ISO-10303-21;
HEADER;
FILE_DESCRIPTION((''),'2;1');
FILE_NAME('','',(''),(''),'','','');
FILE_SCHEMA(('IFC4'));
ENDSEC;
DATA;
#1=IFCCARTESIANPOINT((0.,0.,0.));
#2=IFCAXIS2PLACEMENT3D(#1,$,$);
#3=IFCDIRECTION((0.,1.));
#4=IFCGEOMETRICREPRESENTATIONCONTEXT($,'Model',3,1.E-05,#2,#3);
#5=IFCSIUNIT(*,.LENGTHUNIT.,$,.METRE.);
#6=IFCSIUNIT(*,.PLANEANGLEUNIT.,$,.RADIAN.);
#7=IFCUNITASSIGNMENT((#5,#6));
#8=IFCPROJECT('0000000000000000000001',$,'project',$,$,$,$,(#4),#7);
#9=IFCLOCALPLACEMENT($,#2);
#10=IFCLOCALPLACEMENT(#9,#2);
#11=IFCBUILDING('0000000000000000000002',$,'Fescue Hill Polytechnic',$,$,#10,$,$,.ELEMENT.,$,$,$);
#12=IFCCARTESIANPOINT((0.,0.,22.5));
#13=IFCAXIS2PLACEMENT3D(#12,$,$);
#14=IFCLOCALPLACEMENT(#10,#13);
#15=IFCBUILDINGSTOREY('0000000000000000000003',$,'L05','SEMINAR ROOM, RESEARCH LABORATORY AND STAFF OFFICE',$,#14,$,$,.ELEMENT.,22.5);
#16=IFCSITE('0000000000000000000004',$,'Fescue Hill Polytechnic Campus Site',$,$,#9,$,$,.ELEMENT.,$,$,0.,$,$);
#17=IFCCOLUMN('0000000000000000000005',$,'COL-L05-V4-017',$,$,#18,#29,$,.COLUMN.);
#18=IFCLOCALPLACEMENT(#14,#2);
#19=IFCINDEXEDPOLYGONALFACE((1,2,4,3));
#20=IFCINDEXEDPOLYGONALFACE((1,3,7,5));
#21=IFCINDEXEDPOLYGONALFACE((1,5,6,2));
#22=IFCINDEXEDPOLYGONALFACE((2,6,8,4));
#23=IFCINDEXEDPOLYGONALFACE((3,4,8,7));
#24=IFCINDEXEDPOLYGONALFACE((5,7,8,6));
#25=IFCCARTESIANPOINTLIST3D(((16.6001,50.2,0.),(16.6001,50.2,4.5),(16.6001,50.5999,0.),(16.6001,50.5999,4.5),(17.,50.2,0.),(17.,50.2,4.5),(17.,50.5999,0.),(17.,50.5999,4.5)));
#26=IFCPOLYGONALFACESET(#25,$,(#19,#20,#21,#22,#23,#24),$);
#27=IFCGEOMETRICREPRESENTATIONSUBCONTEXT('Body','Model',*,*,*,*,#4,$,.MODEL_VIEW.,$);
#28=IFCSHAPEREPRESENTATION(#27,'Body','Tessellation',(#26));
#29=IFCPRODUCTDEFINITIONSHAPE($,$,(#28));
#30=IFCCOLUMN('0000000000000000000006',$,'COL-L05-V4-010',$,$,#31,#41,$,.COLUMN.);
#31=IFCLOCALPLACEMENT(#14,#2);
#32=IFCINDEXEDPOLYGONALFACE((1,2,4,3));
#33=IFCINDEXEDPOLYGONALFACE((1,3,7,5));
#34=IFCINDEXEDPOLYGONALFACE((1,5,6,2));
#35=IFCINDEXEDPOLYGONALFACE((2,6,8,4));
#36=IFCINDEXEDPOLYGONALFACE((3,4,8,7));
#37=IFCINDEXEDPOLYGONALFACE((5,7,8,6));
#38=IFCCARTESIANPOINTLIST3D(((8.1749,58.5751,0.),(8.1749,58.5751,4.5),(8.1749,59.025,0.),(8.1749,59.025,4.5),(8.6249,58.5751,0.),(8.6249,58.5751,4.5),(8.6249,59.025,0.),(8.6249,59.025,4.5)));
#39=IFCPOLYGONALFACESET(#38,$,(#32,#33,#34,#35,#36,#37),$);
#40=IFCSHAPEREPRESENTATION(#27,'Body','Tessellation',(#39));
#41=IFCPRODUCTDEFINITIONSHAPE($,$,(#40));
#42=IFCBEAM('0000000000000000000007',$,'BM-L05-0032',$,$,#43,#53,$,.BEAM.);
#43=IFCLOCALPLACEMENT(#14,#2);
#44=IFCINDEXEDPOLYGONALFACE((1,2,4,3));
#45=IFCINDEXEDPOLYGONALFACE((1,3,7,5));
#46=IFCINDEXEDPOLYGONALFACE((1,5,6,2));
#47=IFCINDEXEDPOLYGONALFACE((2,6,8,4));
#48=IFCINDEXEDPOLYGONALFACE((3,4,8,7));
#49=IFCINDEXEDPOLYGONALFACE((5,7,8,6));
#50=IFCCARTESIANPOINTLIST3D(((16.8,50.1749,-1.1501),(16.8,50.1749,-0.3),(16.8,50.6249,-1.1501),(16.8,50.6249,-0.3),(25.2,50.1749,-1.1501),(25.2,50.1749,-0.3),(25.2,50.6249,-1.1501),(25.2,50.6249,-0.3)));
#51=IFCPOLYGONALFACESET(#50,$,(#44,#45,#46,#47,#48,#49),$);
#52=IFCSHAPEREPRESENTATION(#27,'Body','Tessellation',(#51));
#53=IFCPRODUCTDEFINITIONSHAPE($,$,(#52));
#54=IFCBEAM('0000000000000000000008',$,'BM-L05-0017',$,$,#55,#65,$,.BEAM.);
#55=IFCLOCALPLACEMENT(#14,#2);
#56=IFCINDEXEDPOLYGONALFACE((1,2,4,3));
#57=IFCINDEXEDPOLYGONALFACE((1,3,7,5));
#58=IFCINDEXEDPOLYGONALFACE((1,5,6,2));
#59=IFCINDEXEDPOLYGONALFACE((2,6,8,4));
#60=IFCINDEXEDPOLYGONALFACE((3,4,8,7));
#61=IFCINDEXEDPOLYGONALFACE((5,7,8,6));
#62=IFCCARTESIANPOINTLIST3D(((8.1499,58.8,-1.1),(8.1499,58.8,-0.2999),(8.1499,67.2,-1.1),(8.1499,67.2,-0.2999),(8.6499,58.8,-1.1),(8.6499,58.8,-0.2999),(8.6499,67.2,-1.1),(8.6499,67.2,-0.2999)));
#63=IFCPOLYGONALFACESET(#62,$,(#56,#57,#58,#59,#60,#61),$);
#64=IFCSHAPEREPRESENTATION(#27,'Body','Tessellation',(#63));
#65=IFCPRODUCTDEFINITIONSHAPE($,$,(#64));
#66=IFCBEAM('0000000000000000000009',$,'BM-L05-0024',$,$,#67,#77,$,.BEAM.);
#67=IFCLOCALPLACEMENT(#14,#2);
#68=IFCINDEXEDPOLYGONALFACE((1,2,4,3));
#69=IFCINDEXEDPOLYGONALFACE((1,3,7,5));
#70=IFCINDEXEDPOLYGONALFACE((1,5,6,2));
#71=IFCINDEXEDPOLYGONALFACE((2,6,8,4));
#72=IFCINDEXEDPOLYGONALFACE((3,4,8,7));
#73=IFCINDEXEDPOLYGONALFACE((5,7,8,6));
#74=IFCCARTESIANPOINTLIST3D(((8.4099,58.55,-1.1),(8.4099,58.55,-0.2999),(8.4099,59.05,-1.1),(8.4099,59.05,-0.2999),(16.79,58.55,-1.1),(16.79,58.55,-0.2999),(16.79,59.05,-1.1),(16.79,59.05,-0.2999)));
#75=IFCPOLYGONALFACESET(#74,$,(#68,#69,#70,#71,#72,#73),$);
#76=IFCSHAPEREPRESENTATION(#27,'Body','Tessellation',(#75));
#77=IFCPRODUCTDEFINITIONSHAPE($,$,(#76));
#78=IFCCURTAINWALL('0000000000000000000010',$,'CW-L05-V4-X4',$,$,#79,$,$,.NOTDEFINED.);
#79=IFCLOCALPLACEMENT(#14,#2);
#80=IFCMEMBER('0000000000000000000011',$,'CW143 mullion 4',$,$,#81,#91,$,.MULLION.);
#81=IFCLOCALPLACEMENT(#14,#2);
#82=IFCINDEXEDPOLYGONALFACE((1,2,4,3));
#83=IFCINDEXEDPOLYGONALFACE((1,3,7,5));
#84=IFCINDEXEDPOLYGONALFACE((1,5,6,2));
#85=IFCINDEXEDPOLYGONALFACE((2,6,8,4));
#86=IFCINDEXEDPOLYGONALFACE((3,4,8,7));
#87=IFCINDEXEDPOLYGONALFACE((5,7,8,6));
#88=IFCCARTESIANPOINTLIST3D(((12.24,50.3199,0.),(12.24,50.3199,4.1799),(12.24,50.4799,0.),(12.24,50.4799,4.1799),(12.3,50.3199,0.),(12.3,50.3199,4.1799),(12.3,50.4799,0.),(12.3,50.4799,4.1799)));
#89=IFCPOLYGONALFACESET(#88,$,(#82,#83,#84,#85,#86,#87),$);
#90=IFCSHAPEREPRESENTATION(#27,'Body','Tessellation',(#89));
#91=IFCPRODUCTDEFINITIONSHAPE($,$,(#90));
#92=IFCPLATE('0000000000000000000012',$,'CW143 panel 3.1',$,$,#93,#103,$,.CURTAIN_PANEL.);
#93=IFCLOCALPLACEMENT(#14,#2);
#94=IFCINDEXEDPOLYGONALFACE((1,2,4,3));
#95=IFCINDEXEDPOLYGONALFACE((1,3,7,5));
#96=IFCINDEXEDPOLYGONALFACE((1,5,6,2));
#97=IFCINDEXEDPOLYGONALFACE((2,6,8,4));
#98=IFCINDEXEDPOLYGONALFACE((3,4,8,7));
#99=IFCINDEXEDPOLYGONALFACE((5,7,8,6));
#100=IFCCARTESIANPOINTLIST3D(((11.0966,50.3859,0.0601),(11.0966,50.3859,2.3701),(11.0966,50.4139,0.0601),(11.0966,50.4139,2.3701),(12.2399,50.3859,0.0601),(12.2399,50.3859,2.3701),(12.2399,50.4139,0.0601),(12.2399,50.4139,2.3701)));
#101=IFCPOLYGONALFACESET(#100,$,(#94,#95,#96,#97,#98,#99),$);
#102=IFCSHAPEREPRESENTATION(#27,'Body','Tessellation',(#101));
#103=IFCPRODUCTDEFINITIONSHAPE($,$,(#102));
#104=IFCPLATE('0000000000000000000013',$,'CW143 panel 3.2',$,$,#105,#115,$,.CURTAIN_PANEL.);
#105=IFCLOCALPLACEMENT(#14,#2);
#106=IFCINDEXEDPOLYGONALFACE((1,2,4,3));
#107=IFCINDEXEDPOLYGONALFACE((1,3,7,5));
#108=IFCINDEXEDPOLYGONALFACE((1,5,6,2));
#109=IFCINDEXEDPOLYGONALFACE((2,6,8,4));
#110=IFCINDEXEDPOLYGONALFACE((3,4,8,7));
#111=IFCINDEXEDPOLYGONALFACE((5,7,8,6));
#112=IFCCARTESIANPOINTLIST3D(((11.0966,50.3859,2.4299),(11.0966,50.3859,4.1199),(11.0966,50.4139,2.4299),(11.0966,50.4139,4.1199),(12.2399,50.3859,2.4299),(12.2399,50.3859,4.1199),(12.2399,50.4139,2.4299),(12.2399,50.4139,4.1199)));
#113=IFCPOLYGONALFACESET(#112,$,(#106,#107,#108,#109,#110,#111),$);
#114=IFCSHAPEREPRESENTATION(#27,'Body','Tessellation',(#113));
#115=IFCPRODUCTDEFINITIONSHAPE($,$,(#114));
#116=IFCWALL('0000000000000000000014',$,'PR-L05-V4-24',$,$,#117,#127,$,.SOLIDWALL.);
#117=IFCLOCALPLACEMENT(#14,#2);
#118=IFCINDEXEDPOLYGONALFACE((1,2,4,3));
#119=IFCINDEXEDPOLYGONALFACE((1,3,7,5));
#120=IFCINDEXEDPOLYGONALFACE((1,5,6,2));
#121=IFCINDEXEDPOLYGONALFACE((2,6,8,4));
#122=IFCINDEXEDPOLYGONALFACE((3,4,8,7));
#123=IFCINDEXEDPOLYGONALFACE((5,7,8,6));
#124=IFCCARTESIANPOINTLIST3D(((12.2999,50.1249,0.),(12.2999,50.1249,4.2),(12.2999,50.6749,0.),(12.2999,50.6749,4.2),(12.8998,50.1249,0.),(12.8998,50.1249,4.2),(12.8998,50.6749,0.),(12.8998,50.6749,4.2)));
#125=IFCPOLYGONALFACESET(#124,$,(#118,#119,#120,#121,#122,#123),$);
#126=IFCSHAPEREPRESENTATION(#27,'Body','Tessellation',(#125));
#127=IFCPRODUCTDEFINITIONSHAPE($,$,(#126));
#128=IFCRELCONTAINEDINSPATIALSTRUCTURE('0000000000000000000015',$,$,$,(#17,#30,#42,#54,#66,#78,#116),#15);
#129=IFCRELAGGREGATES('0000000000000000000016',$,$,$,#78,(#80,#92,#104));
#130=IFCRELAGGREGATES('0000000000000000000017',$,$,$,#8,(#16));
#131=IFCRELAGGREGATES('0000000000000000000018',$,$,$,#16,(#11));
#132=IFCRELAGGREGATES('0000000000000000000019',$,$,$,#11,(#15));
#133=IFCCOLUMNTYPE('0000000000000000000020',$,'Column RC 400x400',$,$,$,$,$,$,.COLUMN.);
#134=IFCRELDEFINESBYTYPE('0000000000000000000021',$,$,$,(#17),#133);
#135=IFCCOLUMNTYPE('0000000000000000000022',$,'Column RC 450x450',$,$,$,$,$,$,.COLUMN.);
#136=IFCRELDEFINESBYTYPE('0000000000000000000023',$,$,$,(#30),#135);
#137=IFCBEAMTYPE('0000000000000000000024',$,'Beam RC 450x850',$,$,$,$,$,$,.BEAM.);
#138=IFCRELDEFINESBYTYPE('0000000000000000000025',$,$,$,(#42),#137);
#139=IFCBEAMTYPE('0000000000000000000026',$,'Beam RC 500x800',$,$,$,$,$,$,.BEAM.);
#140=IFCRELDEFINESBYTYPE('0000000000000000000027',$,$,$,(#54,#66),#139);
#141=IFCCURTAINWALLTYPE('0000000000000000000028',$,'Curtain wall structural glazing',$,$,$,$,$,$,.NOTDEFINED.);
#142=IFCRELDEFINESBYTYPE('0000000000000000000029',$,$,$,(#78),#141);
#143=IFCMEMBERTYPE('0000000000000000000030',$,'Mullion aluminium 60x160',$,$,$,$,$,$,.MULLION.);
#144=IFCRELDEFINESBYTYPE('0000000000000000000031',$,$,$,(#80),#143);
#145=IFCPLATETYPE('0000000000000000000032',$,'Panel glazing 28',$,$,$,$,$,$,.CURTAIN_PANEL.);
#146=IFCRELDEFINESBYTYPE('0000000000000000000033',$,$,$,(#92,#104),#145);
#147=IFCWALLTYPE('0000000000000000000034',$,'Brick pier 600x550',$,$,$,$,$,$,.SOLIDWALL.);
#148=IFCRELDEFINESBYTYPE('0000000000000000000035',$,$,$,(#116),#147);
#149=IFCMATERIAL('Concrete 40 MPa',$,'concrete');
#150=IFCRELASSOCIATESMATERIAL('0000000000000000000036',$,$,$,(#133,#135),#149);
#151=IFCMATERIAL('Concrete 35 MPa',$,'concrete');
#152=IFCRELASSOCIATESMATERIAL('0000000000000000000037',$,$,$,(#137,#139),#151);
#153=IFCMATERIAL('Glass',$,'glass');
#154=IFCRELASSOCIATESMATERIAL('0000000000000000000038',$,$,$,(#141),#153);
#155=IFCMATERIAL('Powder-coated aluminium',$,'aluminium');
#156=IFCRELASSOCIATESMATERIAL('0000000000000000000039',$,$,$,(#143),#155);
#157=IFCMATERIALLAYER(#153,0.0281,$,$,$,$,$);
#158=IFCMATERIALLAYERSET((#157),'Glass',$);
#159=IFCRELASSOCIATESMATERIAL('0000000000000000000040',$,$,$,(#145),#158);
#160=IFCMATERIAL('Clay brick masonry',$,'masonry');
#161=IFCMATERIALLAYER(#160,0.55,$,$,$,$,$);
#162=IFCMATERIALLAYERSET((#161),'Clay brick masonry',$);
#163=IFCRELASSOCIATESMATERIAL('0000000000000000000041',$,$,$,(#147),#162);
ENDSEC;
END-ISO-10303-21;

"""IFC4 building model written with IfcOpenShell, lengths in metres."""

from ifc_helpers import new_model, si_unit, direction, frame, frame_2d, origin, origin_2d, place, context, subcontext, project, spatial, rectangle, extrude, material, layer, layer_set, material_profile, profile_set, type_object, element, aggregate, save


model = new_model("IFC4")

# Units and contexts
model_context = context("Model", 3, precision=1e-05, world=origin(), true_north=direction((0.0, 1.0)))
body_context = subcontext(model_context, "Body", "Model", "MODEL_VIEW")
ifc_project = project(units=[si_unit("LENGTHUNIT", "METRE"), si_unit("PLANEANGLEUNIT", "RADIAN")], contexts=[model_context])

# Site, building, storey
site_placement = place(None, origin())
site = spatial("IfcSite", under=ifc_project, at=site_placement, Name="Fescue Hill Polytechnic Campus Site", CompositionType="ELEMENT", RefElevation=0.0)
building_placement = place(site_placement, origin())
building = spatial("IfcBuilding", under=site, at=building_placement, Name="Fescue Hill Polytechnic", CompositionType="ELEMENT")
storey_placement = place(building_placement, frame((0.0, 0.0, 22.5)))
storey = spatial("IfcBuildingStorey", under=building, at=storey_placement, Name="L05", Description="SEMINAR ROOM, RESEARCH LABORATORY AND STAFF OFFICE", CompositionType="ELEMENT", Elevation=22.5)

# Columns
ifc_material_1 = material(Name="Concrete 40 MPa", Category="concrete")
ifc_material_profile_1 = material_profile(ifc_material_1, rectangle(XDim=0.3999, YDim=0.3999, at=origin_2d()), Name="RC 400x400")
ifc_profile_set_1 = profile_set([ifc_material_profile_1], Name="Concrete 40 MPa")
column_type_1 = type_object("IfcColumnType", Name="Column RC 400x400", PredefinedType="COLUMN", material=ifc_profile_set_1)
column_1_placement = place(storey_placement, frame((16.8, 50.3999, 0.0), z_axis=(0.0, 0.0, 1.0), x_axis=(1.0, 0.0, 0.0)))
element("IfcColumn", 1, at=column_1_placement, inside=storey, type_object=column_type_1, Name="COL-L05-V4-017", PredefinedType="COLUMN", context=body_context, shape_type="SweptSolid", body=[
    extrude(rectangle(XDim=0.3999, YDim=0.3999, at=origin_2d()), origin(), (0.0, 0.0, 1.0), 4.5),
])
ifc_material_profile_2 = material_profile(ifc_material_1, rectangle(XDim=0.45, YDim=0.45, at=origin_2d()), Name="RC 450x450")
ifc_profile_set_2 = profile_set([ifc_material_profile_2], Name="Concrete 40 MPa")
column_type_2 = type_object("IfcColumnType", Name="Column RC 450x450", PredefinedType="COLUMN", material=ifc_profile_set_2)
column_2_placement = place(storey_placement, frame((8.3999, 58.8, 0.0), z_axis=(0.0, 0.0, 1.0), x_axis=(1.0, 0.0, 0.0)))
element("IfcColumn", 2, at=column_2_placement, inside=storey, type_object=column_type_2, Name="COL-L05-V4-010", PredefinedType="COLUMN", context=body_context, shape_type="SweptSolid", body=[
    extrude(rectangle(XDim=0.45, YDim=0.45, at=origin_2d()), origin(), (0.0, 0.0, 1.0), 4.5),
])

# Beams
ifc_material_2 = material(Name="Concrete 35 MPa", Category="concrete")
ifc_material_profile_3 = material_profile(ifc_material_2, rectangle(XDim=0.45, YDim=0.8501, at=origin_2d()), Name="RC 450x850")
ifc_profile_set_3 = profile_set([ifc_material_profile_3], Name="Concrete 35 MPa")
beam_type_1 = type_object("IfcBeamType", Name="Beam RC 450x850", PredefinedType="BEAM", material=ifc_profile_set_3)
beam_1_placement = place(storey_placement, frame((16.8, 50.3999, -0.7251), z_axis=(1.0, 0.0, 0.0), x_axis=(0.0, 1.0, 0.0)))
element("IfcBeam", 3, at=beam_1_placement, inside=storey, type_object=beam_type_1, Name="BM-L05-0032", PredefinedType="BEAM", context=body_context, shape_type="SweptSolid", body=[
    extrude(rectangle(XDim=0.45, YDim=0.8501, at=origin_2d()), origin(), (0.0, 0.0, 1.0), 8.3999),
])
ifc_material_profile_4 = material_profile(ifc_material_2, rectangle(XDim=0.5, YDim=0.8, at=origin_2d()), Name="RC 500x800")
ifc_profile_set_4 = profile_set([ifc_material_profile_4], Name="Concrete 35 MPa")
beam_type_2 = type_object("IfcBeamType", Name="Beam RC 500x800", PredefinedType="BEAM", material=ifc_profile_set_4)
beam_2_placement = place(storey_placement, frame((8.3999, 58.8, -0.7), z_axis=(0.0, 1.0, 0.0), x_axis=(-1.0, 0.0, 0.0)))
element("IfcBeam", 4, at=beam_2_placement, inside=storey, type_object=beam_type_2, Name="BM-L05-0017", PredefinedType="BEAM", context=body_context, shape_type="SweptSolid", body=[
    extrude(rectangle(XDim=0.5, YDim=0.8, at=origin_2d()), origin(), (0.0, 0.0, 1.0), 8.3999),
])
beam_3_placement = place(storey_placement, frame((8.4099, 58.8, -0.7), z_axis=(1.0, 0.0, 0.0), x_axis=(0.0, 1.0, 0.0)))
element("IfcBeam", 5, at=beam_3_placement, inside=storey, type_object=beam_type_2, Name="BM-L05-0024", PredefinedType="BEAM", context=body_context, shape_type="SweptSolid", body=[
    extrude(rectangle(XDim=0.5, YDim=0.8, at=origin_2d()), origin(), (0.0, 0.0, 1.0), 8.3801),
])

# Curtain wall, member, plates
ifc_material_3 = material(Name="Glass", Category="glass")
curtain_wall_type = type_object("IfcCurtainWallType", Name="Curtain wall structural glazing", PredefinedType="NOTDEFINED", material=ifc_material_3)
curtain_wall_placement = place(storey_placement, origin())
curtain_wall = element("IfcCurtainWall", 6, at=curtain_wall_placement, inside=storey, type_object=curtain_wall_type, Name="CW-L05-V4-X4", PredefinedType="NOTDEFINED")
ifc_material_4 = material(Name="Powder-coated aluminium", Category="aluminium")
ifc_material_profile_5 = material_profile(ifc_material_4, rectangle(XDim=0.1599, YDim=0.0601, at=origin_2d()), Name="Mullion aluminium 60x160")
ifc_profile_set_5 = profile_set([ifc_material_profile_5], Name="Powder-coated aluminium")
member_type = type_object("IfcMemberType", Name="Mullion aluminium 60x160", PredefinedType="MULLION", material=ifc_profile_set_5)
member_placement = place(storey_placement, frame((12.27, 50.3999, 0.0), z_axis=(0.0, 0.0, 1.0), x_axis=(0.0, 1.0, 0.0)))
member = element("IfcMember", 7, at=member_placement, type_object=member_type, Name="CW143 mullion 4", PredefinedType="MULLION", context=body_context, shape_type="SweptSolid", body=[
    extrude(rectangle(XDim=0.1599, YDim=0.0601, at=origin_2d()), origin(), (0.0, 0.0, 1.0), 4.1799),
])
ifc_layer_1 = layer(ifc_material_3, 0.0281)
ifc_layer_set_1 = layer_set([ifc_layer_1], Name="Glass")
plate_type = type_object("IfcPlateType", Name="Panel glazing 28", PredefinedType="CURTAIN_PANEL", material=ifc_layer_set_1)
plate_1_placement = place(storey_placement, frame((11.6682, 50.3999, 0.0601), z_axis=(0.0, 0.0, 1.0), x_axis=(1.0, 0.0, 0.0)))
plate_1 = element("IfcPlate", 8, at=plate_1_placement, type_object=plate_type, Name="CW143 panel 3.1", PredefinedType="CURTAIN_PANEL", context=body_context, shape_type="SweptSolid", body=[
    extrude(rectangle(XDim=1.1433, YDim=0.0281, at=origin_2d()), origin(), (0.0, 0.0, 1.0), 2.3101),
])
plate_2_placement = place(storey_placement, frame((11.6682, 50.3999, 2.4299), z_axis=(0.0, 0.0, 1.0), x_axis=(1.0, 0.0, 0.0)))
plate_2 = element("IfcPlate", 9, at=plate_2_placement, type_object=plate_type, Name="CW143 panel 3.2", PredefinedType="CURTAIN_PANEL", context=body_context, shape_type="SweptSolid", body=[
    extrude(rectangle(XDim=1.1433, YDim=0.0281, at=origin_2d()), origin(), (0.0, 0.0, 1.0), 1.6899),
])
aggregate(curtain_wall, [member, plate_1, plate_2])

# Wall
ifc_material_5 = material(Name="Clay brick masonry", Category="masonry")
ifc_layer_2 = layer(ifc_material_5, 0.55)
ifc_layer_set_2 = layer_set([ifc_layer_2], Name="Clay brick masonry")
wall_type_1 = type_object("IfcWallType", Name="Brick pier 600x550", PredefinedType="SOLIDWALL", material=ifc_layer_set_2)
wall_1_placement = place(storey_placement, frame((12.3, 50.3999, 0.0), z_axis=(0.0, 0.0, 1.0), x_axis=(1.0, 0.0, 0.0)))
element("IfcWall", 10, at=wall_1_placement, inside=storey, type_object=wall_type_1, Name="PR-L05-V4-24", PredefinedType="SOLIDWALL", context=body_context, shape_type="SweptSolid", body=[
    extrude(rectangle(XDim=0.5999, YDim=0.55, at=frame_2d((0.2998, 0.0))), origin(), (0.0, 0.0, 1.0), 4.2),
])

save(model, "model.ifc")
